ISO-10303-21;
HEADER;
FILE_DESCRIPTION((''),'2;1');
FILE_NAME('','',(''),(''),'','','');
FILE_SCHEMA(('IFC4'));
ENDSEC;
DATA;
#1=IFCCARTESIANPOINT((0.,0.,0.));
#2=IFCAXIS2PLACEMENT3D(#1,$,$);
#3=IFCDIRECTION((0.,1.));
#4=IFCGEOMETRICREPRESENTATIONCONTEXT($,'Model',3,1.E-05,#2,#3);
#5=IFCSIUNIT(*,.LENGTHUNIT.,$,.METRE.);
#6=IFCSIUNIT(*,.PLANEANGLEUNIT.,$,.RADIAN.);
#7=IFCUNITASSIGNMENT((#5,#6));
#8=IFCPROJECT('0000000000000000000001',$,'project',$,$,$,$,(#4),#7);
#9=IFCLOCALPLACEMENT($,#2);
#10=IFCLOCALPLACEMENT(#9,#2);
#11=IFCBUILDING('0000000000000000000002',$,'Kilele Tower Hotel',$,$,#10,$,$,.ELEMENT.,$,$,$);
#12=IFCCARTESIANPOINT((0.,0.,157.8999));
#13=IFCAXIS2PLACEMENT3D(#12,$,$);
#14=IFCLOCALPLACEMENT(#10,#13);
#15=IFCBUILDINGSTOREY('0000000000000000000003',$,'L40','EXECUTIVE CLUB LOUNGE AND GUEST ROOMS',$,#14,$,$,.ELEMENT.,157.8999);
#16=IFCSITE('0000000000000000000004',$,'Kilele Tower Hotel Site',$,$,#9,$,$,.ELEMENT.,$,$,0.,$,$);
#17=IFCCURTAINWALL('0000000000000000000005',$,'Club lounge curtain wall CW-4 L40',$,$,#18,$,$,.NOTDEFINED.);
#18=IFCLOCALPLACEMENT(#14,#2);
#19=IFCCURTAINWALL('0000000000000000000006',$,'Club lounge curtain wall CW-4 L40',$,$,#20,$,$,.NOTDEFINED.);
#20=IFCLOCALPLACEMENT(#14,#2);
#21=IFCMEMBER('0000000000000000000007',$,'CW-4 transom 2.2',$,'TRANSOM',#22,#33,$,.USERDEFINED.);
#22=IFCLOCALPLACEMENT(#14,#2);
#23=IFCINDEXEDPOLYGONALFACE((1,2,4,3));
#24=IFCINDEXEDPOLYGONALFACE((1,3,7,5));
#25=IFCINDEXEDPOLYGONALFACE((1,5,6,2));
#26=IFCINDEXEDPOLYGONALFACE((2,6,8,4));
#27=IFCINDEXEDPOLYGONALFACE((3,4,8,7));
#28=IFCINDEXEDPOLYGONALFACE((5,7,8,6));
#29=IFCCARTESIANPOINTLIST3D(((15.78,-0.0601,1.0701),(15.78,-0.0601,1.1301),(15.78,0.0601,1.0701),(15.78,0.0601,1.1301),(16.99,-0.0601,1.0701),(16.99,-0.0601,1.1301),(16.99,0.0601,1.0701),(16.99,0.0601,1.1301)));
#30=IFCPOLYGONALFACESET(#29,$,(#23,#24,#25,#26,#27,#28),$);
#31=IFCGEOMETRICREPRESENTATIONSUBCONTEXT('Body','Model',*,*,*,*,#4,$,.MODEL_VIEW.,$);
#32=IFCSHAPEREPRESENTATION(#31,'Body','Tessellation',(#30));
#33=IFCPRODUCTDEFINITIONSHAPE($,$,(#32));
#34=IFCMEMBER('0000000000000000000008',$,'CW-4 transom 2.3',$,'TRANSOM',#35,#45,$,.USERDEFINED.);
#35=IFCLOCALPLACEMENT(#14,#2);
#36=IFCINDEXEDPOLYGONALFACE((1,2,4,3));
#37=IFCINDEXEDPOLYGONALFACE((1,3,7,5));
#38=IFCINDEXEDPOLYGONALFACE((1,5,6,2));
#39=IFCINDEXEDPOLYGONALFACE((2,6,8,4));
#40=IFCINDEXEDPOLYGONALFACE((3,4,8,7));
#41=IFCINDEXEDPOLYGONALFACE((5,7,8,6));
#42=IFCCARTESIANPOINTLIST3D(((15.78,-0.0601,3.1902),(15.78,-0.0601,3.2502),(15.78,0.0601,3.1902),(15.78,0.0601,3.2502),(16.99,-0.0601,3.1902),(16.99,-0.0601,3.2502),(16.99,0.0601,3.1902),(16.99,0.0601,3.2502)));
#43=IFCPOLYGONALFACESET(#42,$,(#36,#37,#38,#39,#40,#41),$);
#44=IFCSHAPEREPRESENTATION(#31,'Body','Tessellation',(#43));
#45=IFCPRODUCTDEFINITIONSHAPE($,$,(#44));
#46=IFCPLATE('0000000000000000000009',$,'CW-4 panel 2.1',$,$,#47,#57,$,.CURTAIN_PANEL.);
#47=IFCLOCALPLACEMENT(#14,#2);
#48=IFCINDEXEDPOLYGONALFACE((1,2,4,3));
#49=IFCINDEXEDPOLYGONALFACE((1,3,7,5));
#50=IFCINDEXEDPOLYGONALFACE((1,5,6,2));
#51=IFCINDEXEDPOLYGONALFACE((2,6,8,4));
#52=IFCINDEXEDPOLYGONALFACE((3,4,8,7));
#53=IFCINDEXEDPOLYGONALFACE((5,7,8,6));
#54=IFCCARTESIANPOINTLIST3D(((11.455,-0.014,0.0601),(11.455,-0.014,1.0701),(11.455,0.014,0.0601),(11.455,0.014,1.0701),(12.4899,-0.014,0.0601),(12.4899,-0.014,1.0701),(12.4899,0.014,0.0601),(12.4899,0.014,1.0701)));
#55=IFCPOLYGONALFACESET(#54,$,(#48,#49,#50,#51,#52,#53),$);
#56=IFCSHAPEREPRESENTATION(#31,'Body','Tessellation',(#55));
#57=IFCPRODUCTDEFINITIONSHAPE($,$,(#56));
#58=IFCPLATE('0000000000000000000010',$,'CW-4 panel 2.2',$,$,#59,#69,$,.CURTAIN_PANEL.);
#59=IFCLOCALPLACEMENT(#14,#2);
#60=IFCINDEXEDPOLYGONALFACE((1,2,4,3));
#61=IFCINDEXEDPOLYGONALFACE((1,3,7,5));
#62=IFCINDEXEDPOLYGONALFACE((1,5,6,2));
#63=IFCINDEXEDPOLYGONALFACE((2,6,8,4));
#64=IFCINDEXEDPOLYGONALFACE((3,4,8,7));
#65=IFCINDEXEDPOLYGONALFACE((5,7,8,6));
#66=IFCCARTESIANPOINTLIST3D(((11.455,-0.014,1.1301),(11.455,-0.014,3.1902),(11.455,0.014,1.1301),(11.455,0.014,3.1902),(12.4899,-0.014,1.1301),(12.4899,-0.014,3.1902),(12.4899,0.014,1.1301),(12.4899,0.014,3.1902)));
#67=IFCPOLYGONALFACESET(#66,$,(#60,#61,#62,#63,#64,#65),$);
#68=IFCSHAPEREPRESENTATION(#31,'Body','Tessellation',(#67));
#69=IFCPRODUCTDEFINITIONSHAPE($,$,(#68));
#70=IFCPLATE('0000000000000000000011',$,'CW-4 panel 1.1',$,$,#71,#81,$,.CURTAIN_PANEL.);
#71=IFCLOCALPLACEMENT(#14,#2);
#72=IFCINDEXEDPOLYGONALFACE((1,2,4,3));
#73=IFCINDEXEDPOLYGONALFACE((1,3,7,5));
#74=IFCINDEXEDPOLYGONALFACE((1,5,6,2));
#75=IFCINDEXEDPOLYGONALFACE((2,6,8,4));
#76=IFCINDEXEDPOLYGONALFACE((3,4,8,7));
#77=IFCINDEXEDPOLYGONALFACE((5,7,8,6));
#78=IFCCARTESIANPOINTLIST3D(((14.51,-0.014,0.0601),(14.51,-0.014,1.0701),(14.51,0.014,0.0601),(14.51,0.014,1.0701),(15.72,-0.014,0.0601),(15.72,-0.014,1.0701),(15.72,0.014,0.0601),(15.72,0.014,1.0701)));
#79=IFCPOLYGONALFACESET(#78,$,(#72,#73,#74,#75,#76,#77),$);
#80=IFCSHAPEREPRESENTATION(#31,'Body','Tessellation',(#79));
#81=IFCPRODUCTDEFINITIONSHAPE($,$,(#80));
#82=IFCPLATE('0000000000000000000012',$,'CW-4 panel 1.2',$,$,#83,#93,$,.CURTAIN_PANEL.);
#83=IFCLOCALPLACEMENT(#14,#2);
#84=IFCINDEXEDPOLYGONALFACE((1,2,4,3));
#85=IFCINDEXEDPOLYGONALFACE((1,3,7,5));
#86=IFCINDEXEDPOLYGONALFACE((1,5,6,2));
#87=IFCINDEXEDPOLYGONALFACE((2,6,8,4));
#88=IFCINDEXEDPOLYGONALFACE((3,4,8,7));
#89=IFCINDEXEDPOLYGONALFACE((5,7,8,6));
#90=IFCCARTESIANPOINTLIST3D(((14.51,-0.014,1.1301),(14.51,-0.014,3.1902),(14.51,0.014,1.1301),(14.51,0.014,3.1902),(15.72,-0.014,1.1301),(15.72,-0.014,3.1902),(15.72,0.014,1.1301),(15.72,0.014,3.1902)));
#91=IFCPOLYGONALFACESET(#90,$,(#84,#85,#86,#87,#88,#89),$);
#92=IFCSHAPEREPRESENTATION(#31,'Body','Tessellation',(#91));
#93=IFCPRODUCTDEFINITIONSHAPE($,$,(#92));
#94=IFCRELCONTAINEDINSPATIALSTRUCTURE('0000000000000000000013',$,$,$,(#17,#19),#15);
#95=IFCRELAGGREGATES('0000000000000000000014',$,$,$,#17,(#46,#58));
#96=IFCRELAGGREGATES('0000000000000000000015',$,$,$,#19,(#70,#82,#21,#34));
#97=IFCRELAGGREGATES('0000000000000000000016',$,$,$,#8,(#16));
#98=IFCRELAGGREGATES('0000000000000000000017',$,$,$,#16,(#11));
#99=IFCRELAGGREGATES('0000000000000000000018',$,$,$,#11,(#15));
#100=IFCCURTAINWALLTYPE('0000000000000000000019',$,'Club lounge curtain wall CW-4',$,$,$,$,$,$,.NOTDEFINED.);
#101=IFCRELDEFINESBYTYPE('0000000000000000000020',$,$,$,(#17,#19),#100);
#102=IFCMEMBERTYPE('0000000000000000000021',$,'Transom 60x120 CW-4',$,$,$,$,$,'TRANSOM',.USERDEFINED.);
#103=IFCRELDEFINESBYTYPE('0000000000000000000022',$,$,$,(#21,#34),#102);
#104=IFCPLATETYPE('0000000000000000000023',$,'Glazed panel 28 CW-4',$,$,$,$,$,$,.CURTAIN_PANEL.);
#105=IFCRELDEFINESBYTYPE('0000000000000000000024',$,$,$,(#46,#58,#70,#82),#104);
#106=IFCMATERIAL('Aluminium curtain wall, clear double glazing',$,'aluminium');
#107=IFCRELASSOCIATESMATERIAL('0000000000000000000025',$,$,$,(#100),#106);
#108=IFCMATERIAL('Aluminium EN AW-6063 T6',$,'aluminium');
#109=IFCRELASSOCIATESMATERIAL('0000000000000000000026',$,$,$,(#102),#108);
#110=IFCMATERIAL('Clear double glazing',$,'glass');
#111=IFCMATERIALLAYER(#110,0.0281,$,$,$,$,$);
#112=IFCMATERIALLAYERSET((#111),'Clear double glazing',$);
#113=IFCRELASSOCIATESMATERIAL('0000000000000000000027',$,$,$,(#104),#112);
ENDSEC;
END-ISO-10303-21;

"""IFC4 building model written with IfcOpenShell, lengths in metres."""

from ifc_helpers import new_model, si_unit, direction, frame, origin, origin_2d, place, context, subcontext, project, spatial, rectangle, extrude, material, layer, layer_set, material_profile, profile_set, type_object, element, aggregate, save


model = new_model("IFC4")

# Units and contexts
model_context = context("Model", 3, precision=1e-05, world=origin(), true_north=direction((0.0, 1.0)))
body_context = subcontext(model_context, "Body", "Model", "MODEL_VIEW")
ifc_project = project(units=[si_unit("LENGTHUNIT", "METRE"), si_unit("PLANEANGLEUNIT", "RADIAN")], contexts=[model_context])

# Site, building, storey
site_placement = place(None, origin())
site = spatial("IfcSite", under=ifc_project, at=site_placement, Name="Kilele Tower Hotel Site", CompositionType="ELEMENT", RefElevation=0.0)
building_placement = place(site_placement, origin())
building = spatial("IfcBuilding", under=site, at=building_placement, Name="Kilele Tower Hotel", CompositionType="ELEMENT")
storey_placement = place(building_placement, frame((0.0, 0.0, 157.8999)))
storey = spatial("IfcBuildingStorey", under=building, at=storey_placement, Name="L40", Description="EXECUTIVE CLUB LOUNGE AND GUEST ROOMS", CompositionType="ELEMENT", Elevation=157.8999)

# Curtain walls
ifc_material_1 = material(Name="Aluminium curtain wall, clear double glazing", Category="aluminium")
curtain_wall_type = type_object("IfcCurtainWallType", Name="Club lounge curtain wall CW-4", PredefinedType="NOTDEFINED", material=ifc_material_1)
curtain_wall_1_placement = place(storey_placement, origin())
curtain_wall_1 = element("IfcCurtainWall", 1, at=curtain_wall_1_placement, inside=storey, type_object=curtain_wall_type, Name="Club lounge curtain wall CW-4 L40", PredefinedType="NOTDEFINED")
curtain_wall_2_placement = place(storey_placement, origin())
curtain_wall_2 = element("IfcCurtainWall", 2, at=curtain_wall_2_placement, inside=storey, type_object=curtain_wall_type, Name="Club lounge curtain wall CW-4 L40", PredefinedType="NOTDEFINED")

# Members
ifc_material_2 = material(Name="Aluminium EN AW-6063 T6", Category="aluminium")
ifc_material_profile_1 = material_profile(ifc_material_2, rectangle(XDim=0.1201, YDim=0.0601, at=origin_2d()))
ifc_profile_set_1 = profile_set([ifc_material_profile_1], Name="Aluminium EN AW-6063 T6")
member_type_1 = type_object("IfcMemberType", Name="Transom 60x120 CW-4", ElementType="TRANSOM", PredefinedType="USERDEFINED", material=ifc_profile_set_1)
member_1_placement = place(storey_placement, frame((15.78, 0.0, 1.1001), z_axis=(1.0, 0.0, 0.0), x_axis=(0.0, 1.0, 0.0)))
member_1 = element("IfcMember", 3, at=member_1_placement, type_object=member_type_1, Name="CW-4 transom 2.2", ObjectType="TRANSOM", PredefinedType="USERDEFINED", context=body_context, shape_type="SweptSolid", body=[
    extrude(rectangle(XDim=0.1201, YDim=0.0601, at=origin_2d()), origin(), (0.0, 0.0, 1.0), 1.21),
])
member_2_placement = place(storey_placement, frame((15.78, 0.0, 3.2202), z_axis=(1.0, 0.0, 0.0), x_axis=(0.0, 1.0, 0.0)))
member_2 = element("IfcMember", 4, at=member_2_placement, type_object=member_type_1, Name="CW-4 transom 2.3", ObjectType="TRANSOM", PredefinedType="USERDEFINED", context=body_context, shape_type="SweptSolid", body=[
    extrude(rectangle(XDim=0.1201, YDim=0.0601, at=origin_2d()), origin(), (0.0, 0.0, 1.0), 1.21),
])

# Plates
ifc_material_3 = material(Name="Clear double glazing", Category="glass")
ifc_layer = layer(ifc_material_3, 0.0281)
ifc_layer_set = layer_set([ifc_layer], Name="Clear double glazing")
plate_type = type_object("IfcPlateType", Name="Glazed panel 28 CW-4", PredefinedType="CURTAIN_PANEL", material=ifc_layer_set)
plate_1_placement = place(storey_placement, frame((11.9724, 0.0, 0.0601), z_axis=(0.0, 0.0, 1.0), x_axis=(1.0, 0.0, 0.0)))
plate_1 = element("IfcPlate", 5, at=plate_1_placement, type_object=plate_type, Name="CW-4 panel 2.1", PredefinedType="CURTAIN_PANEL", context=body_context, shape_type="SweptSolid", body=[
    extrude(rectangle(XDim=1.0349, YDim=0.0281, at=origin_2d()), origin(), (0.0, 0.0, 1.0), 1.01),
])
plate_2_placement = place(storey_placement, frame((11.9724, 0.0, 1.1301), z_axis=(0.0, 0.0, 1.0), x_axis=(1.0, 0.0, 0.0)))
plate_2 = element("IfcPlate", 6, at=plate_2_placement, type_object=plate_type, Name="CW-4 panel 2.2", PredefinedType="CURTAIN_PANEL", context=body_context, shape_type="SweptSolid", body=[
    extrude(rectangle(XDim=1.0349, YDim=0.0281, at=origin_2d()), origin(), (0.0, 0.0, 1.0), 2.0601),
])
aggregate(curtain_wall_1, [plate_1, plate_2])
plate_3_placement = place(storey_placement, frame((15.115, 0.0, 0.0601), z_axis=(0.0, 0.0, 1.0), x_axis=(1.0, 0.0, 0.0)))
plate_3 = element("IfcPlate", 7, at=plate_3_placement, type_object=plate_type, Name="CW-4 panel 1.1", PredefinedType="CURTAIN_PANEL", context=body_context, shape_type="SweptSolid", body=[
    extrude(rectangle(XDim=1.21, YDim=0.0281, at=origin_2d()), origin(), (0.0, 0.0, 1.0), 1.01),
])
plate_4_placement = place(storey_placement, frame((15.115, 0.0, 1.1301), z_axis=(0.0, 0.0, 1.0), x_axis=(1.0, 0.0, 0.0)))
plate_4 = element("IfcPlate", 8, at=plate_4_placement, type_object=plate_type, Name="CW-4 panel 1.2", PredefinedType="CURTAIN_PANEL", context=body_context, shape_type="SweptSolid", body=[
    extrude(rectangle(XDim=1.21, YDim=0.0281, at=origin_2d()), origin(), (0.0, 0.0, 1.0), 2.0601),
])
aggregate(curtain_wall_2, [plate_3, plate_4, member_1, member_2])

save(model, "model.ifc")
